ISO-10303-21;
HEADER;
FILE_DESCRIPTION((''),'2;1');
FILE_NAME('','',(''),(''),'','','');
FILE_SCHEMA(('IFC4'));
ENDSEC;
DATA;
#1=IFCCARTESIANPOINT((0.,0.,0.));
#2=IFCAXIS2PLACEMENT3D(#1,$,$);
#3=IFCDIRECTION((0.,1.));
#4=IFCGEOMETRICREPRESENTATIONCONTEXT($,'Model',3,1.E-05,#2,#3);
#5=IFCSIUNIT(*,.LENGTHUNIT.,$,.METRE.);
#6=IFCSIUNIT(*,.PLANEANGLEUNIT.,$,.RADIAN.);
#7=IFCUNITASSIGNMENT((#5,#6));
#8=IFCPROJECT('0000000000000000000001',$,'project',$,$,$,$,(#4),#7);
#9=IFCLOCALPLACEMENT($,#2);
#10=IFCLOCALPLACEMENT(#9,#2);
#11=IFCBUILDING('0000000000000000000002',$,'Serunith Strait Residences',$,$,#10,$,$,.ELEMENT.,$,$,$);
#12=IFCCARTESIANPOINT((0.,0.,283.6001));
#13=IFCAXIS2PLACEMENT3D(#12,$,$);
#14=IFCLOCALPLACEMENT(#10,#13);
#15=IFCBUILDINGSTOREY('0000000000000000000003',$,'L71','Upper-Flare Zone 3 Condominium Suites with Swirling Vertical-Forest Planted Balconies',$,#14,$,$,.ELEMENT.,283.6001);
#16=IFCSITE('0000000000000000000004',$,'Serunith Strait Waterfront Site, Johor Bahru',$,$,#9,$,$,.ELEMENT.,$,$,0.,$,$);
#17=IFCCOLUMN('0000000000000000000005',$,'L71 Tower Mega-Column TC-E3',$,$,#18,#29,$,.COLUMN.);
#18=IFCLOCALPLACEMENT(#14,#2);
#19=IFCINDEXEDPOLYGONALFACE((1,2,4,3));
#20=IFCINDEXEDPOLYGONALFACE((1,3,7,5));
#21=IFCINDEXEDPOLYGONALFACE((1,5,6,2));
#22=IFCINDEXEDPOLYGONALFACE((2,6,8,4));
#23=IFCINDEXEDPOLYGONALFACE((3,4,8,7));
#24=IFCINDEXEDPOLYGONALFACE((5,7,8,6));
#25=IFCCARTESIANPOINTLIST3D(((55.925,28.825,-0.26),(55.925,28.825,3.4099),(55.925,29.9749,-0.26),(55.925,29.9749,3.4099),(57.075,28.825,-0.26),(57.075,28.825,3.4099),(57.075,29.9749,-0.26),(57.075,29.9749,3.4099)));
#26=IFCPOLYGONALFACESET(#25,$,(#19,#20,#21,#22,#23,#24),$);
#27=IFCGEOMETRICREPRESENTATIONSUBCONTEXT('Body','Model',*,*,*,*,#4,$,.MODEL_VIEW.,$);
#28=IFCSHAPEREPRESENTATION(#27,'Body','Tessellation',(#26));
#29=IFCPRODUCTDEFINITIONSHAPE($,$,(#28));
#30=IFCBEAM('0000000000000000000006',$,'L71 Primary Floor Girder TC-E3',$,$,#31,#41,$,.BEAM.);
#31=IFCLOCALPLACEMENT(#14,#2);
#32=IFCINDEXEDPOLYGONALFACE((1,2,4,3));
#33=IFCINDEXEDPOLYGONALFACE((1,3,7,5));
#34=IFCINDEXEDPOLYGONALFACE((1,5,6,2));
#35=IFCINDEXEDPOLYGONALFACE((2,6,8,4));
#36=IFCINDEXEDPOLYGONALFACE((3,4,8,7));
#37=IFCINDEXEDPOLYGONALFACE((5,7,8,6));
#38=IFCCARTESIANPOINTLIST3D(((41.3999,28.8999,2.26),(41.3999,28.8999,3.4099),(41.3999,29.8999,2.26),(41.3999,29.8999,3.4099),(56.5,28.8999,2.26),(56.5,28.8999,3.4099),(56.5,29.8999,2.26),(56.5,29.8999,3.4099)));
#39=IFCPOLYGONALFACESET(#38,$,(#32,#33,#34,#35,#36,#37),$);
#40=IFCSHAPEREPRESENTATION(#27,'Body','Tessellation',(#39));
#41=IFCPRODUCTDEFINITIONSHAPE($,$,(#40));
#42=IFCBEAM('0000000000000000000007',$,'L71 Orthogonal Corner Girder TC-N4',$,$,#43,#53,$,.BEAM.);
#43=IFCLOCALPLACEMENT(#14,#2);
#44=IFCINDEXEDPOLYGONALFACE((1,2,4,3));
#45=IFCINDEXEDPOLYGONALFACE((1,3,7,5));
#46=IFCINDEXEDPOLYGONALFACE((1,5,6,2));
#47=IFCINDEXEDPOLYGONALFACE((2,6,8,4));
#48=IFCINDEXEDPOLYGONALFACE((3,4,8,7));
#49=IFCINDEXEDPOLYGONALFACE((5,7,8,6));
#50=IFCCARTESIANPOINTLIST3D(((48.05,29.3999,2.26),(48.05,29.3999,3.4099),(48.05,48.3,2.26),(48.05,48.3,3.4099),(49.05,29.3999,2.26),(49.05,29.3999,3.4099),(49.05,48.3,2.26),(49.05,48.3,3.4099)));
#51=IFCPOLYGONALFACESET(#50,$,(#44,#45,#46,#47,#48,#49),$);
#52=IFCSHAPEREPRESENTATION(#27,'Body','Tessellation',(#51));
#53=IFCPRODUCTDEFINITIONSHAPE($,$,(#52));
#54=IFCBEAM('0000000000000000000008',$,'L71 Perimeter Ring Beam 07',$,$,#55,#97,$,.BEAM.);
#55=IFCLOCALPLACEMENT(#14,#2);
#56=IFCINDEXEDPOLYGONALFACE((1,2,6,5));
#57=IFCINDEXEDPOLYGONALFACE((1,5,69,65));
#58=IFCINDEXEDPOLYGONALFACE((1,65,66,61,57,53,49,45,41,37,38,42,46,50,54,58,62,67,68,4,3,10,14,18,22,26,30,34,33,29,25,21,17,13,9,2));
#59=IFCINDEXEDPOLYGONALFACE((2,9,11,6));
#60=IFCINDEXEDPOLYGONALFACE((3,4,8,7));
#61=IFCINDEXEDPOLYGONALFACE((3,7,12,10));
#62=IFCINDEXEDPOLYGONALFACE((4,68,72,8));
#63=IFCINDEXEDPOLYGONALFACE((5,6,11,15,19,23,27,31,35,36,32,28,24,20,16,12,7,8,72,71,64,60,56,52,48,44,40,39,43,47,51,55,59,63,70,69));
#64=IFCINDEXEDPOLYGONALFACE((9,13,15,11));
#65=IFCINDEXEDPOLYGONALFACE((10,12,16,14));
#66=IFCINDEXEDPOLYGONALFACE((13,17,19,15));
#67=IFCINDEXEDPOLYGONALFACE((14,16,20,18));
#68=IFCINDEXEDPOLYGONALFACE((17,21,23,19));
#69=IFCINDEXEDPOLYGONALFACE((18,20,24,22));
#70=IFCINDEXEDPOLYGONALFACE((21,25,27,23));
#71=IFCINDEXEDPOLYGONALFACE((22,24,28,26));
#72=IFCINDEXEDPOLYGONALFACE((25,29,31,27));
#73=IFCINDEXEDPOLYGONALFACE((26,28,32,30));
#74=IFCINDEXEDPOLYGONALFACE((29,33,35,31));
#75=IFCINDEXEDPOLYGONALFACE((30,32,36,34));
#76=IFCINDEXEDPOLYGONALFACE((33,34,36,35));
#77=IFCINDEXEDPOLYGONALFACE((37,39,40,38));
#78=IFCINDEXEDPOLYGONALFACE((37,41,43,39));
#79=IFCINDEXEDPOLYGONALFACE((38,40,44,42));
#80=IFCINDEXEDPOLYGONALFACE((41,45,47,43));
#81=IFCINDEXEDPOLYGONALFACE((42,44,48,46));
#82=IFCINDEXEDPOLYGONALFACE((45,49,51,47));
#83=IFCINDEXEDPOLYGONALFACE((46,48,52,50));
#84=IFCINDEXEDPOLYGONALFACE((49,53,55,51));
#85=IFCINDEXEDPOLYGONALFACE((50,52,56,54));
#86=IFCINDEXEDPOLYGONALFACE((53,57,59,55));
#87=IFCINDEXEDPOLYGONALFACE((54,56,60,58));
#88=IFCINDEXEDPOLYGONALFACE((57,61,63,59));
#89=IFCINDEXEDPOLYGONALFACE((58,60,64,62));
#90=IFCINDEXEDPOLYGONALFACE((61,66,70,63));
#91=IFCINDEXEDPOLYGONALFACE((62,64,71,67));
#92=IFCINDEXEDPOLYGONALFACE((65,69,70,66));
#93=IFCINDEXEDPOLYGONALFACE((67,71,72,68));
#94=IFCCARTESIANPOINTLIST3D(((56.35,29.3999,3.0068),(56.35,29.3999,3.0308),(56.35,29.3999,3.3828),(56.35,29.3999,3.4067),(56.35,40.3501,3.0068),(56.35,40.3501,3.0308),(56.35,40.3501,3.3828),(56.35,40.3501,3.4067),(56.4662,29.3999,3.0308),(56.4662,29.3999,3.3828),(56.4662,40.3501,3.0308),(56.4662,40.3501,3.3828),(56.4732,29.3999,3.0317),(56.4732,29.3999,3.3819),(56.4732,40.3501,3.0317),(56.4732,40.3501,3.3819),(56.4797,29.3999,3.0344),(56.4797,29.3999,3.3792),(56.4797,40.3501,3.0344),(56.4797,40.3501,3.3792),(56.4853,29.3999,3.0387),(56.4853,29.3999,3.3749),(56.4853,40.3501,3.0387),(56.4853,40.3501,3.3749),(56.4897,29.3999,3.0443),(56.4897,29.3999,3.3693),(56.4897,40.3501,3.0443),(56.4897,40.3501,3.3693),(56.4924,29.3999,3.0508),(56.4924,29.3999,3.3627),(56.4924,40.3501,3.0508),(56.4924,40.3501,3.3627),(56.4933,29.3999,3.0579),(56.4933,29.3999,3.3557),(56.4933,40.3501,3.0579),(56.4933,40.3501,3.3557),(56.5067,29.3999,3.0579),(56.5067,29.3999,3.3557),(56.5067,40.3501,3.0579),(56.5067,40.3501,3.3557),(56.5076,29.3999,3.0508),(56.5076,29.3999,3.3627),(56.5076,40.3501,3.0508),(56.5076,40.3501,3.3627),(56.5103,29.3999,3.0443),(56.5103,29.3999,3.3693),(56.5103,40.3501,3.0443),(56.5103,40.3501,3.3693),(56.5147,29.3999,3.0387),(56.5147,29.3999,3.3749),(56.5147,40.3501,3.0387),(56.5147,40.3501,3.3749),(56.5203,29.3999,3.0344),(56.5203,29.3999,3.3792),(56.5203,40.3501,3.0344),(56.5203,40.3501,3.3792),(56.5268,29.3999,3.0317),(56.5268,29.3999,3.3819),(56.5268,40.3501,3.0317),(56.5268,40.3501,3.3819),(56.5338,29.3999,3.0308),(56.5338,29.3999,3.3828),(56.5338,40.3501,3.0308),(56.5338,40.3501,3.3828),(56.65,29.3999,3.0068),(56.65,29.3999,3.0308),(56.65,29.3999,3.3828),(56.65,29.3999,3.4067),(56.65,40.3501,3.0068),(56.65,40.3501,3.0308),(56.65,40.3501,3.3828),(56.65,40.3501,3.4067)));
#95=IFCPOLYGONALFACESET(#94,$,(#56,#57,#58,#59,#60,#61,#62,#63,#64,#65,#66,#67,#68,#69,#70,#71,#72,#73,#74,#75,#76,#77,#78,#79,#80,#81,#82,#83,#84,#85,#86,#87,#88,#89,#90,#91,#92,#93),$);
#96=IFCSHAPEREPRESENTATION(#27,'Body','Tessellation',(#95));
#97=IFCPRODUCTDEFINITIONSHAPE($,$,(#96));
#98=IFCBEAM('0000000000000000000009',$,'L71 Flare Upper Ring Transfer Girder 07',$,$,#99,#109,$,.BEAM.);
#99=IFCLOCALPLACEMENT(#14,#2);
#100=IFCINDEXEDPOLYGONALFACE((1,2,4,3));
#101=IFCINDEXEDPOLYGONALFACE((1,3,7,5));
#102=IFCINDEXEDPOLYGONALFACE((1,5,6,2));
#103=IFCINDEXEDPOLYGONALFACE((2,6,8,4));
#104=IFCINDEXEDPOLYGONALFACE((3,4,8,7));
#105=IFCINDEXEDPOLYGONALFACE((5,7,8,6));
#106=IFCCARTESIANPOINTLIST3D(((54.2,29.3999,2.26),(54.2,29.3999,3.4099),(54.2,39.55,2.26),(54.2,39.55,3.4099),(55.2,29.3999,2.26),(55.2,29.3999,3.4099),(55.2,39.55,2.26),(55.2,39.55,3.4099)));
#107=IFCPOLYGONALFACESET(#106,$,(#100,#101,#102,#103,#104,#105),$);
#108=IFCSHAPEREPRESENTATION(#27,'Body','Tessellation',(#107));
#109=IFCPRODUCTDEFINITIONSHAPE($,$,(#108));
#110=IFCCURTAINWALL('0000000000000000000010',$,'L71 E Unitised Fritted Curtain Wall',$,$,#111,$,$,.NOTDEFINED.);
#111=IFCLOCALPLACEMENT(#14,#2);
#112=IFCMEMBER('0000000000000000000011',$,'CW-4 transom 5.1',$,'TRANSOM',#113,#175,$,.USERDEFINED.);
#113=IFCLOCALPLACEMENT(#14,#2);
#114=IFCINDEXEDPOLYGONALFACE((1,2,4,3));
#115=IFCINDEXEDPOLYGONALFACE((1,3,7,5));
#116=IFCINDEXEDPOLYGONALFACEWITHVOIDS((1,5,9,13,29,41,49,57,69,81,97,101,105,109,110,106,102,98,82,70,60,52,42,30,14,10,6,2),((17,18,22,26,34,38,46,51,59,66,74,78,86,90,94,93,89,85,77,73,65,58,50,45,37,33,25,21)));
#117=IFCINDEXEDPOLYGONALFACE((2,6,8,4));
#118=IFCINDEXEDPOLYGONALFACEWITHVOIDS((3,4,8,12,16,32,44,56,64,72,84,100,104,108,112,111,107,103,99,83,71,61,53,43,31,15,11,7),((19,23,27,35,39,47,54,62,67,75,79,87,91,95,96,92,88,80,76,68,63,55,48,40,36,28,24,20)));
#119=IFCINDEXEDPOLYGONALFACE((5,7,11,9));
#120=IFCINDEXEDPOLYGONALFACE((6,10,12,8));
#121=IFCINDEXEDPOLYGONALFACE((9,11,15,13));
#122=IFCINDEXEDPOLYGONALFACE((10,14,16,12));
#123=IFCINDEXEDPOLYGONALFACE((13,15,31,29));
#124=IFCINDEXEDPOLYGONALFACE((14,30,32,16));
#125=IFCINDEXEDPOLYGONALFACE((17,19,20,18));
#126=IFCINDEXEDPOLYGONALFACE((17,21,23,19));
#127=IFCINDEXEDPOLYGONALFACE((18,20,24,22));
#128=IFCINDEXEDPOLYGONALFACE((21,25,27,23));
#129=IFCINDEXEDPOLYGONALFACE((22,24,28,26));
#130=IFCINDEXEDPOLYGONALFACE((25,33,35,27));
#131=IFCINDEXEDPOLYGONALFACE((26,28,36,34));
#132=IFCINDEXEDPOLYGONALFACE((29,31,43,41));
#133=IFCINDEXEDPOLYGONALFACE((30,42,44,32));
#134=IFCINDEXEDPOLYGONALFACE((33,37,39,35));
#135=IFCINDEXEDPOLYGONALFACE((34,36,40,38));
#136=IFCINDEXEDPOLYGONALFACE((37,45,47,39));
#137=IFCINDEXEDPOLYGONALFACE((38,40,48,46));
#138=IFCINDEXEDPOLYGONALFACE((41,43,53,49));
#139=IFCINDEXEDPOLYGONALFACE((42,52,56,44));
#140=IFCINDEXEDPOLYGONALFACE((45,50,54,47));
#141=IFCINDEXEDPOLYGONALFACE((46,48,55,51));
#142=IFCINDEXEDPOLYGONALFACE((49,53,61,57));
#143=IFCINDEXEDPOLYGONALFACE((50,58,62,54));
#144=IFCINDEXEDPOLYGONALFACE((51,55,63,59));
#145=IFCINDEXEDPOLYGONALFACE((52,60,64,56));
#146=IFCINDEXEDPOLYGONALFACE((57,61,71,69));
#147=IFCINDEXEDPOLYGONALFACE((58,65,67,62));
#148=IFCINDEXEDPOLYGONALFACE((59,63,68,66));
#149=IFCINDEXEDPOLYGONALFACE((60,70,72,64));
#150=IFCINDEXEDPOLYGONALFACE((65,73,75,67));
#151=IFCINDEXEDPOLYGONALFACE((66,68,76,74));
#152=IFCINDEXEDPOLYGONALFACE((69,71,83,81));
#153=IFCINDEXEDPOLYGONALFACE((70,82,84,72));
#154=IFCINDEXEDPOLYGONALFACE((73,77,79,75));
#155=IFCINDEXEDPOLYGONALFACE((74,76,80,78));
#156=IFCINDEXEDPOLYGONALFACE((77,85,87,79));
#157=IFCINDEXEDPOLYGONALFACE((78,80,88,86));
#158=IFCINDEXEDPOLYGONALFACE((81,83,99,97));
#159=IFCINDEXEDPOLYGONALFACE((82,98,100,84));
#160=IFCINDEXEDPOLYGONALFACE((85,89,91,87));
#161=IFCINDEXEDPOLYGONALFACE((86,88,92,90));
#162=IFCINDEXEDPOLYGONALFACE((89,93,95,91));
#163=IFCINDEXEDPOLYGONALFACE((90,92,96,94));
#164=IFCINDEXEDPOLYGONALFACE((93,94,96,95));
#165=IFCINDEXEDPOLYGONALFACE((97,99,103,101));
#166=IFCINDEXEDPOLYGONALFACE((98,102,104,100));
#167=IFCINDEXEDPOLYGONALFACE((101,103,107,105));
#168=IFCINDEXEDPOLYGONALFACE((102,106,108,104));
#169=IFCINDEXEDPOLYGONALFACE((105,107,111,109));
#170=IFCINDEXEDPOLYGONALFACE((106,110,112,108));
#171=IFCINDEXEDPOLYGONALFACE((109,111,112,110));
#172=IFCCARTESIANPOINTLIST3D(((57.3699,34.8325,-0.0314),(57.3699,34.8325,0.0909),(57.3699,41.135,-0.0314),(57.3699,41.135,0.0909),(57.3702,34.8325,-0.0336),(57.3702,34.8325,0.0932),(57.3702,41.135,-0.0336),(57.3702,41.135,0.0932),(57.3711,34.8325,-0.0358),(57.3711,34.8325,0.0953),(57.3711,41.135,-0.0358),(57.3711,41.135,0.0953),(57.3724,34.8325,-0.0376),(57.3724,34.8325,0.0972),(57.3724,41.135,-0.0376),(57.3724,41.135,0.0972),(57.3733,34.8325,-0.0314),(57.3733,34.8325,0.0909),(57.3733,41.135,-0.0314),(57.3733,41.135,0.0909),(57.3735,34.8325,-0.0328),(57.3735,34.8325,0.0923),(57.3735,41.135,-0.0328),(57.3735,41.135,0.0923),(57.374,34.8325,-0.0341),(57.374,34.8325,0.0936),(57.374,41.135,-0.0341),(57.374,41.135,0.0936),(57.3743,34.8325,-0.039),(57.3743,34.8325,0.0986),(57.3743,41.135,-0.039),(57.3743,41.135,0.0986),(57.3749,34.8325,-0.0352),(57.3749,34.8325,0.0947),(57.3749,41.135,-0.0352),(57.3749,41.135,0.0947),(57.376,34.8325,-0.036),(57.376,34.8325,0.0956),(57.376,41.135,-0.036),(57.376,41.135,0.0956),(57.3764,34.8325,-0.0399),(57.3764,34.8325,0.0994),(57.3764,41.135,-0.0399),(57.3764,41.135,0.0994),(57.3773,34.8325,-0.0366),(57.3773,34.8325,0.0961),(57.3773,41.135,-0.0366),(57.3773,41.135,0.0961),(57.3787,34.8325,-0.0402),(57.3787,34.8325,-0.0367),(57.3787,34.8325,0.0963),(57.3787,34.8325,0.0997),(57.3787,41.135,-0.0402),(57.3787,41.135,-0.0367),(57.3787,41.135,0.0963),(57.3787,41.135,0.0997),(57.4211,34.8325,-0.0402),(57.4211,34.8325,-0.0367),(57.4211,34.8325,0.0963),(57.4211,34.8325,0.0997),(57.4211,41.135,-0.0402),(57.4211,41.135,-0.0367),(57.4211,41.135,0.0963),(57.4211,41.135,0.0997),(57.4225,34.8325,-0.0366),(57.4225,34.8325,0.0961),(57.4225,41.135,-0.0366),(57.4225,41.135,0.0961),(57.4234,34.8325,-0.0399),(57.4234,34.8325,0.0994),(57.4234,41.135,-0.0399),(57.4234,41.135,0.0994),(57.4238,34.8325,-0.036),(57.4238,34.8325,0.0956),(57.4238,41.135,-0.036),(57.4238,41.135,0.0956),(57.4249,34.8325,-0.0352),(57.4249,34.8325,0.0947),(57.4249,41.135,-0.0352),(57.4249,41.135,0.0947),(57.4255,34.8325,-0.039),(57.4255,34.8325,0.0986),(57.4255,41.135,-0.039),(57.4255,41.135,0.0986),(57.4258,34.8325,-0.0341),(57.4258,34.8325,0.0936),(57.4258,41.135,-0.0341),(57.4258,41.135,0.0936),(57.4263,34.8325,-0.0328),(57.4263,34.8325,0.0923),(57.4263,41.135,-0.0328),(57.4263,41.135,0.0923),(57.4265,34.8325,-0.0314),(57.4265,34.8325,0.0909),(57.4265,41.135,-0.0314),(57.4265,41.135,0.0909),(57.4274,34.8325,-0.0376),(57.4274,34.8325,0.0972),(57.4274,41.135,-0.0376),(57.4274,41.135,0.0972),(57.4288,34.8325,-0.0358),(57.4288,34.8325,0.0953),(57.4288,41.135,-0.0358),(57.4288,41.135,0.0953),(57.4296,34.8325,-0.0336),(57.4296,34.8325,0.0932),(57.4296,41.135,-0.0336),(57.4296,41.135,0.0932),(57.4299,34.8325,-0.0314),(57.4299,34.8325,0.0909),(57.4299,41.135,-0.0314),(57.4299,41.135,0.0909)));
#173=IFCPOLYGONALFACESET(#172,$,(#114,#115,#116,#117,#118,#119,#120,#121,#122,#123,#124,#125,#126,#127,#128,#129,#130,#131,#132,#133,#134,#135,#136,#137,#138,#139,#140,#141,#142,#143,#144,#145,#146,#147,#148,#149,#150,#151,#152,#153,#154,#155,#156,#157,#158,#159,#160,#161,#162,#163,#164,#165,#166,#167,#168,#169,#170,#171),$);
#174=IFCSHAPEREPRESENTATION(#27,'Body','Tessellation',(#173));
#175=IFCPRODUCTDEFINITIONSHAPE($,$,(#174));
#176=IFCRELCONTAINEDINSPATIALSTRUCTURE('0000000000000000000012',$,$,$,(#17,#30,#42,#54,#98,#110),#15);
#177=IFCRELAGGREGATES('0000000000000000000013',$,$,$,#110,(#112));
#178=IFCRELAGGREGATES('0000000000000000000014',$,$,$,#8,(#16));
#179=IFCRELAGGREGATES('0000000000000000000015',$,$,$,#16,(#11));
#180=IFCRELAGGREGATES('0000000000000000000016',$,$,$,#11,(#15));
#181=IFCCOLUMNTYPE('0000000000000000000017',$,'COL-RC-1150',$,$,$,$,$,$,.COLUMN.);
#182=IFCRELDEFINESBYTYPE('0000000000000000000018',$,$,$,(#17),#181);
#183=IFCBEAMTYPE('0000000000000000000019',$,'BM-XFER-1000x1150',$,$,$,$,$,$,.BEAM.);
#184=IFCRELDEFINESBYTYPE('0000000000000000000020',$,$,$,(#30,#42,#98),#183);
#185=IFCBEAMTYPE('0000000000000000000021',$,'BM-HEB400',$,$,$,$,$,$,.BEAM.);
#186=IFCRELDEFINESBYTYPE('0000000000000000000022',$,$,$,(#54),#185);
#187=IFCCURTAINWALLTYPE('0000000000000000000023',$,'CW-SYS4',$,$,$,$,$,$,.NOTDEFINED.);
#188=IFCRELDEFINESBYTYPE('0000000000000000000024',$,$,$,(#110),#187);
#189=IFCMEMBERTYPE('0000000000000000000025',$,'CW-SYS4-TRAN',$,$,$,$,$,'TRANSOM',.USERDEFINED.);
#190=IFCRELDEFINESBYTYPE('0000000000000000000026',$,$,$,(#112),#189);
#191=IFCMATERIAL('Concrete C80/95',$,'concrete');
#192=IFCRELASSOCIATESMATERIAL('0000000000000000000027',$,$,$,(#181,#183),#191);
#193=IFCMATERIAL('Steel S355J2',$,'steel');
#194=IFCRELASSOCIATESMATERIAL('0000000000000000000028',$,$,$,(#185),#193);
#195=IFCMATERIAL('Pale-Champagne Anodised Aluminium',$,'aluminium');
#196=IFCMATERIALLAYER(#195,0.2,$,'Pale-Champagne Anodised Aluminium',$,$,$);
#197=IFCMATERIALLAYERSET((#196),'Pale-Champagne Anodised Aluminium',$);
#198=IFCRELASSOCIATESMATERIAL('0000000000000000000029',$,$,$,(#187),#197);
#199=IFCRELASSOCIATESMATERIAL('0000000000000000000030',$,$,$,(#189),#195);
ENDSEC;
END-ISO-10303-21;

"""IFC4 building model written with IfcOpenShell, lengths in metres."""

from ifc_helpers import new_model, si_unit, direction, frame, origin, origin_2d, place, context, subcontext, project, spatial, rectangle, hollow_rectangle, i_section, extrude, source, transform, mapped, material, layer, layer_set, material_profile, profile_set, type_object, element, aggregate, save


model = new_model("IFC4")

# Units and contexts
model_context = context("Model", 3, precision=1e-05, world=origin(), true_north=direction((0.0, 1.0)))
body_context = subcontext(model_context, "Body", "Model", "MODEL_VIEW")
ifc_project = project(units=[si_unit("LENGTHUNIT", "METRE"), si_unit("PLANEANGLEUNIT", "RADIAN")], contexts=[model_context])

# Site, building, storey
site_placement = place(None, origin())
site = spatial("IfcSite", under=ifc_project, at=site_placement, Name="Serunith Strait Waterfront Site, Johor Bahru", CompositionType="ELEMENT", RefElevation=0.0)
building_placement = place(site_placement, origin())
building = spatial("IfcBuilding", under=site, at=building_placement, Name="Serunith Strait Residences", CompositionType="ELEMENT")
storey_placement = place(building_placement, frame((0.0, 0.0, 283.6001)))
storey = spatial("IfcBuildingStorey", under=building, at=storey_placement, Name="L71", Description="Upper-Flare Zone 3 Condominium Suites with Swirling Vertical-Forest Planted Balconies", CompositionType="ELEMENT", Elevation=283.6001)

# Column
ifc_material_1 = material(Name="Concrete C80/95", Category="concrete")
ifc_material_profile_1 = material_profile(ifc_material_1, rectangle(XDim=1.1499, YDim=1.1499, at=origin_2d()), Name="RC 1150x1150")
ifc_profile_set_1 = profile_set([ifc_material_profile_1], Name="Concrete C80/95")
column_type = type_object("IfcColumnType", Name="COL-RC-1150", PredefinedType="COLUMN", material=ifc_profile_set_1)
shared_shape_1 = source(origin(), body_context, "Body", "SweptSolid", [
    extrude(rectangle(XDim=1.1499, YDim=1.1499, at=origin_2d()), origin(), (0.0, 0.0, 1.0), 3.6699),
])
column_placement = place(storey_placement, frame((56.5, 29.3999, -0.26), z_axis=(0.0, 0.0, 1.0), x_axis=(1.0, 0.0, 0.0)))
element("IfcColumn", 1, at=column_placement, inside=storey, type_object=column_type, Name="L71 Tower Mega-Column TC-E3", PredefinedType="COLUMN", context=body_context, shape_type="MappedRepresentation", body=[
    mapped(shared_shape_1, transform((0.0, 0.0, 0.0), scale=1.0)),
])

# Beams
ifc_material_profile_2 = material_profile(ifc_material_1, rectangle(XDim=1.0, YDim=1.1499, at=origin_2d()), Name="RC 1000x1150")
ifc_profile_set_2 = profile_set([ifc_material_profile_2], Name="Concrete C80/95")
beam_type_1 = type_object("IfcBeamType", Name="BM-XFER-1000x1150", PredefinedType="BEAM", material=ifc_profile_set_2)
shared_shape_2 = source(origin(), body_context, "Body", "SweptSolid", [
    extrude(rectangle(XDim=1.0, YDim=1.1499, at=origin_2d()), origin(), (0.0, 0.0, 1.0), 15.1001),
])
beam_1_placement = place(storey_placement, frame((41.3999, 29.3999, 2.835), z_axis=(1.0, 0.0, 0.0), x_axis=(0.0, 1.0, 0.0)))
element("IfcBeam", 2, at=beam_1_placement, inside=storey, type_object=beam_type_1, Name="L71 Primary Floor Girder TC-E3", PredefinedType="BEAM", context=body_context, shape_type="MappedRepresentation", body=[
    mapped(shared_shape_2, transform((0.0, 0.0, 0.0), scale=1.0)),
])
shared_shape_3 = source(origin(), body_context, "Body", "SweptSolid", [
    extrude(rectangle(XDim=1.0, YDim=1.1499, at=origin_2d()), origin(), (0.0, 0.0, 1.0), 18.9001),
])
beam_2_placement = place(storey_placement, frame((48.55, 29.3999, 2.835), z_axis=(0.0, 1.0, 0.0), x_axis=(-1.0, 0.0, 0.0)))
element("IfcBeam", 3, at=beam_2_placement, inside=storey, type_object=beam_type_1, Name="L71 Orthogonal Corner Girder TC-N4", PredefinedType="BEAM", context=body_context, shape_type="MappedRepresentation", body=[
    mapped(shared_shape_3, transform((0.0, 0.0, 0.0), scale=1.0)),
])
ifc_material_2 = material(Name="Steel S355J2", Category="steel")
ifc_material_profile_3 = material_profile(ifc_material_2, i_section(OverallWidth=0.3, OverallDepth=0.3999, WebThickness=0.0134, FlangeThickness=0.0239, FilletRadius=0.0271, at=origin_2d()), Name="HEB 400")
ifc_profile_set_3 = profile_set([ifc_material_profile_3], Name="Steel S355J2")
beam_type_2 = type_object("IfcBeamType", Name="BM-HEB400", PredefinedType="BEAM", material=ifc_profile_set_3)
shared_shape_4 = source(origin(), body_context, "Body", "SweptSolid", [
    extrude(i_section(OverallWidth=0.3, OverallDepth=0.3999, WebThickness=0.0134, FlangeThickness=0.0239, FilletRadius=0.0271, at=origin_2d()), origin(), (0.0, 0.0, 1.0), 10.9502),
])
beam_3_placement = place(storey_placement, frame((56.5, 29.3999, 3.2068), z_axis=(0.0, 1.0, 0.0), x_axis=(-1.0, 0.0, 0.0)))
element("IfcBeam", 4, at=beam_3_placement, inside=storey, type_object=beam_type_2, Name="L71 Perimeter Ring Beam 07", PredefinedType="BEAM", context=body_context, shape_type="MappedRepresentation", body=[
    mapped(shared_shape_4, transform((0.0, 0.0, 0.0), scale=1.0)),
])
shared_shape_5 = source(origin(), body_context, "Body", "SweptSolid", [
    extrude(rectangle(XDim=1.0, YDim=1.1499, at=origin_2d()), origin(), (0.0, 0.0, 1.0), 10.1501),
])
beam_4_placement = place(storey_placement, frame((54.7, 29.3999, 2.835), z_axis=(0.0, 1.0, 0.0), x_axis=(-1.0, 0.0, 0.0)))
element("IfcBeam", 5, at=beam_4_placement, inside=storey, type_object=beam_type_1, Name="L71 Flare Upper Ring Transfer Girder 07", PredefinedType="BEAM", context=body_context, shape_type="MappedRepresentation", body=[
    mapped(shared_shape_5, transform((0.0, 0.0, 0.0), scale=1.0)),
])

# Curtain wall, member
ifc_material_3 = material(Name="Pale-Champagne Anodised Aluminium", Category="aluminium")
ifc_layer_1 = layer(ifc_material_3, 0.2, Name="Pale-Champagne Anodised Aluminium")
ifc_layer_set_1 = layer_set([ifc_layer_1], Name="Pale-Champagne Anodised Aluminium")
curtain_wall_type = type_object("IfcCurtainWallType", Name="CW-SYS4", PredefinedType="NOTDEFINED", material=ifc_layer_set_1)
curtain_wall_placement = place(storey_placement, origin())
curtain_wall = element("IfcCurtainWall", 6, at=curtain_wall_placement, inside=storey, type_object=curtain_wall_type, Name="L71 E Unitised Fritted Curtain Wall", PredefinedType="NOTDEFINED")
ifc_material_profile_4 = material_profile(ifc_material_3, hollow_rectangle(XDim=0.0601, YDim=0.1399, WallThickness=0.0034, InnerFilletRadius=0.0054, OuterFilletRadius=0.0088, at=origin_2d()), Name="ALU 140x60x3.5")
ifc_profile_set_4 = profile_set([ifc_material_profile_4], Name="Pale-Champagne Anodised Aluminium")
member_type_1 = type_object("IfcMemberType", Name="CW-SYS4-TRAN", ElementType="TRANSOM", PredefinedType="USERDEFINED", material=ifc_profile_set_4)
shared_shape_6 = source(origin(), body_context, "Body", "SweptSolid", [
    extrude(hollow_rectangle(XDim=0.0601, YDim=0.1399, WallThickness=0.0034, InnerFilletRadius=0.0054, OuterFilletRadius=0.0088, at=origin_2d()), origin(), (0.0, 0.0, 1.0), 6.3025),
])
member_1_placement = place(storey_placement, frame((57.3999, 34.8325, 0.0298), z_axis=(0.0, 1.0, 0.0), x_axis=(-1.0, 0.0, 0.0)))
member_1 = element("IfcMember", 7, at=member_1_placement, type_object=member_type_1, Name="CW-4 transom 5.1", ObjectType="TRANSOM", PredefinedType="USERDEFINED", context=body_context, shape_type="MappedRepresentation", body=[
    mapped(shared_shape_6, transform((0.0, 0.0, 0.0), scale=1.0)),
])
aggregate(curtain_wall, [member_1])

save(model, "model.ifc")
